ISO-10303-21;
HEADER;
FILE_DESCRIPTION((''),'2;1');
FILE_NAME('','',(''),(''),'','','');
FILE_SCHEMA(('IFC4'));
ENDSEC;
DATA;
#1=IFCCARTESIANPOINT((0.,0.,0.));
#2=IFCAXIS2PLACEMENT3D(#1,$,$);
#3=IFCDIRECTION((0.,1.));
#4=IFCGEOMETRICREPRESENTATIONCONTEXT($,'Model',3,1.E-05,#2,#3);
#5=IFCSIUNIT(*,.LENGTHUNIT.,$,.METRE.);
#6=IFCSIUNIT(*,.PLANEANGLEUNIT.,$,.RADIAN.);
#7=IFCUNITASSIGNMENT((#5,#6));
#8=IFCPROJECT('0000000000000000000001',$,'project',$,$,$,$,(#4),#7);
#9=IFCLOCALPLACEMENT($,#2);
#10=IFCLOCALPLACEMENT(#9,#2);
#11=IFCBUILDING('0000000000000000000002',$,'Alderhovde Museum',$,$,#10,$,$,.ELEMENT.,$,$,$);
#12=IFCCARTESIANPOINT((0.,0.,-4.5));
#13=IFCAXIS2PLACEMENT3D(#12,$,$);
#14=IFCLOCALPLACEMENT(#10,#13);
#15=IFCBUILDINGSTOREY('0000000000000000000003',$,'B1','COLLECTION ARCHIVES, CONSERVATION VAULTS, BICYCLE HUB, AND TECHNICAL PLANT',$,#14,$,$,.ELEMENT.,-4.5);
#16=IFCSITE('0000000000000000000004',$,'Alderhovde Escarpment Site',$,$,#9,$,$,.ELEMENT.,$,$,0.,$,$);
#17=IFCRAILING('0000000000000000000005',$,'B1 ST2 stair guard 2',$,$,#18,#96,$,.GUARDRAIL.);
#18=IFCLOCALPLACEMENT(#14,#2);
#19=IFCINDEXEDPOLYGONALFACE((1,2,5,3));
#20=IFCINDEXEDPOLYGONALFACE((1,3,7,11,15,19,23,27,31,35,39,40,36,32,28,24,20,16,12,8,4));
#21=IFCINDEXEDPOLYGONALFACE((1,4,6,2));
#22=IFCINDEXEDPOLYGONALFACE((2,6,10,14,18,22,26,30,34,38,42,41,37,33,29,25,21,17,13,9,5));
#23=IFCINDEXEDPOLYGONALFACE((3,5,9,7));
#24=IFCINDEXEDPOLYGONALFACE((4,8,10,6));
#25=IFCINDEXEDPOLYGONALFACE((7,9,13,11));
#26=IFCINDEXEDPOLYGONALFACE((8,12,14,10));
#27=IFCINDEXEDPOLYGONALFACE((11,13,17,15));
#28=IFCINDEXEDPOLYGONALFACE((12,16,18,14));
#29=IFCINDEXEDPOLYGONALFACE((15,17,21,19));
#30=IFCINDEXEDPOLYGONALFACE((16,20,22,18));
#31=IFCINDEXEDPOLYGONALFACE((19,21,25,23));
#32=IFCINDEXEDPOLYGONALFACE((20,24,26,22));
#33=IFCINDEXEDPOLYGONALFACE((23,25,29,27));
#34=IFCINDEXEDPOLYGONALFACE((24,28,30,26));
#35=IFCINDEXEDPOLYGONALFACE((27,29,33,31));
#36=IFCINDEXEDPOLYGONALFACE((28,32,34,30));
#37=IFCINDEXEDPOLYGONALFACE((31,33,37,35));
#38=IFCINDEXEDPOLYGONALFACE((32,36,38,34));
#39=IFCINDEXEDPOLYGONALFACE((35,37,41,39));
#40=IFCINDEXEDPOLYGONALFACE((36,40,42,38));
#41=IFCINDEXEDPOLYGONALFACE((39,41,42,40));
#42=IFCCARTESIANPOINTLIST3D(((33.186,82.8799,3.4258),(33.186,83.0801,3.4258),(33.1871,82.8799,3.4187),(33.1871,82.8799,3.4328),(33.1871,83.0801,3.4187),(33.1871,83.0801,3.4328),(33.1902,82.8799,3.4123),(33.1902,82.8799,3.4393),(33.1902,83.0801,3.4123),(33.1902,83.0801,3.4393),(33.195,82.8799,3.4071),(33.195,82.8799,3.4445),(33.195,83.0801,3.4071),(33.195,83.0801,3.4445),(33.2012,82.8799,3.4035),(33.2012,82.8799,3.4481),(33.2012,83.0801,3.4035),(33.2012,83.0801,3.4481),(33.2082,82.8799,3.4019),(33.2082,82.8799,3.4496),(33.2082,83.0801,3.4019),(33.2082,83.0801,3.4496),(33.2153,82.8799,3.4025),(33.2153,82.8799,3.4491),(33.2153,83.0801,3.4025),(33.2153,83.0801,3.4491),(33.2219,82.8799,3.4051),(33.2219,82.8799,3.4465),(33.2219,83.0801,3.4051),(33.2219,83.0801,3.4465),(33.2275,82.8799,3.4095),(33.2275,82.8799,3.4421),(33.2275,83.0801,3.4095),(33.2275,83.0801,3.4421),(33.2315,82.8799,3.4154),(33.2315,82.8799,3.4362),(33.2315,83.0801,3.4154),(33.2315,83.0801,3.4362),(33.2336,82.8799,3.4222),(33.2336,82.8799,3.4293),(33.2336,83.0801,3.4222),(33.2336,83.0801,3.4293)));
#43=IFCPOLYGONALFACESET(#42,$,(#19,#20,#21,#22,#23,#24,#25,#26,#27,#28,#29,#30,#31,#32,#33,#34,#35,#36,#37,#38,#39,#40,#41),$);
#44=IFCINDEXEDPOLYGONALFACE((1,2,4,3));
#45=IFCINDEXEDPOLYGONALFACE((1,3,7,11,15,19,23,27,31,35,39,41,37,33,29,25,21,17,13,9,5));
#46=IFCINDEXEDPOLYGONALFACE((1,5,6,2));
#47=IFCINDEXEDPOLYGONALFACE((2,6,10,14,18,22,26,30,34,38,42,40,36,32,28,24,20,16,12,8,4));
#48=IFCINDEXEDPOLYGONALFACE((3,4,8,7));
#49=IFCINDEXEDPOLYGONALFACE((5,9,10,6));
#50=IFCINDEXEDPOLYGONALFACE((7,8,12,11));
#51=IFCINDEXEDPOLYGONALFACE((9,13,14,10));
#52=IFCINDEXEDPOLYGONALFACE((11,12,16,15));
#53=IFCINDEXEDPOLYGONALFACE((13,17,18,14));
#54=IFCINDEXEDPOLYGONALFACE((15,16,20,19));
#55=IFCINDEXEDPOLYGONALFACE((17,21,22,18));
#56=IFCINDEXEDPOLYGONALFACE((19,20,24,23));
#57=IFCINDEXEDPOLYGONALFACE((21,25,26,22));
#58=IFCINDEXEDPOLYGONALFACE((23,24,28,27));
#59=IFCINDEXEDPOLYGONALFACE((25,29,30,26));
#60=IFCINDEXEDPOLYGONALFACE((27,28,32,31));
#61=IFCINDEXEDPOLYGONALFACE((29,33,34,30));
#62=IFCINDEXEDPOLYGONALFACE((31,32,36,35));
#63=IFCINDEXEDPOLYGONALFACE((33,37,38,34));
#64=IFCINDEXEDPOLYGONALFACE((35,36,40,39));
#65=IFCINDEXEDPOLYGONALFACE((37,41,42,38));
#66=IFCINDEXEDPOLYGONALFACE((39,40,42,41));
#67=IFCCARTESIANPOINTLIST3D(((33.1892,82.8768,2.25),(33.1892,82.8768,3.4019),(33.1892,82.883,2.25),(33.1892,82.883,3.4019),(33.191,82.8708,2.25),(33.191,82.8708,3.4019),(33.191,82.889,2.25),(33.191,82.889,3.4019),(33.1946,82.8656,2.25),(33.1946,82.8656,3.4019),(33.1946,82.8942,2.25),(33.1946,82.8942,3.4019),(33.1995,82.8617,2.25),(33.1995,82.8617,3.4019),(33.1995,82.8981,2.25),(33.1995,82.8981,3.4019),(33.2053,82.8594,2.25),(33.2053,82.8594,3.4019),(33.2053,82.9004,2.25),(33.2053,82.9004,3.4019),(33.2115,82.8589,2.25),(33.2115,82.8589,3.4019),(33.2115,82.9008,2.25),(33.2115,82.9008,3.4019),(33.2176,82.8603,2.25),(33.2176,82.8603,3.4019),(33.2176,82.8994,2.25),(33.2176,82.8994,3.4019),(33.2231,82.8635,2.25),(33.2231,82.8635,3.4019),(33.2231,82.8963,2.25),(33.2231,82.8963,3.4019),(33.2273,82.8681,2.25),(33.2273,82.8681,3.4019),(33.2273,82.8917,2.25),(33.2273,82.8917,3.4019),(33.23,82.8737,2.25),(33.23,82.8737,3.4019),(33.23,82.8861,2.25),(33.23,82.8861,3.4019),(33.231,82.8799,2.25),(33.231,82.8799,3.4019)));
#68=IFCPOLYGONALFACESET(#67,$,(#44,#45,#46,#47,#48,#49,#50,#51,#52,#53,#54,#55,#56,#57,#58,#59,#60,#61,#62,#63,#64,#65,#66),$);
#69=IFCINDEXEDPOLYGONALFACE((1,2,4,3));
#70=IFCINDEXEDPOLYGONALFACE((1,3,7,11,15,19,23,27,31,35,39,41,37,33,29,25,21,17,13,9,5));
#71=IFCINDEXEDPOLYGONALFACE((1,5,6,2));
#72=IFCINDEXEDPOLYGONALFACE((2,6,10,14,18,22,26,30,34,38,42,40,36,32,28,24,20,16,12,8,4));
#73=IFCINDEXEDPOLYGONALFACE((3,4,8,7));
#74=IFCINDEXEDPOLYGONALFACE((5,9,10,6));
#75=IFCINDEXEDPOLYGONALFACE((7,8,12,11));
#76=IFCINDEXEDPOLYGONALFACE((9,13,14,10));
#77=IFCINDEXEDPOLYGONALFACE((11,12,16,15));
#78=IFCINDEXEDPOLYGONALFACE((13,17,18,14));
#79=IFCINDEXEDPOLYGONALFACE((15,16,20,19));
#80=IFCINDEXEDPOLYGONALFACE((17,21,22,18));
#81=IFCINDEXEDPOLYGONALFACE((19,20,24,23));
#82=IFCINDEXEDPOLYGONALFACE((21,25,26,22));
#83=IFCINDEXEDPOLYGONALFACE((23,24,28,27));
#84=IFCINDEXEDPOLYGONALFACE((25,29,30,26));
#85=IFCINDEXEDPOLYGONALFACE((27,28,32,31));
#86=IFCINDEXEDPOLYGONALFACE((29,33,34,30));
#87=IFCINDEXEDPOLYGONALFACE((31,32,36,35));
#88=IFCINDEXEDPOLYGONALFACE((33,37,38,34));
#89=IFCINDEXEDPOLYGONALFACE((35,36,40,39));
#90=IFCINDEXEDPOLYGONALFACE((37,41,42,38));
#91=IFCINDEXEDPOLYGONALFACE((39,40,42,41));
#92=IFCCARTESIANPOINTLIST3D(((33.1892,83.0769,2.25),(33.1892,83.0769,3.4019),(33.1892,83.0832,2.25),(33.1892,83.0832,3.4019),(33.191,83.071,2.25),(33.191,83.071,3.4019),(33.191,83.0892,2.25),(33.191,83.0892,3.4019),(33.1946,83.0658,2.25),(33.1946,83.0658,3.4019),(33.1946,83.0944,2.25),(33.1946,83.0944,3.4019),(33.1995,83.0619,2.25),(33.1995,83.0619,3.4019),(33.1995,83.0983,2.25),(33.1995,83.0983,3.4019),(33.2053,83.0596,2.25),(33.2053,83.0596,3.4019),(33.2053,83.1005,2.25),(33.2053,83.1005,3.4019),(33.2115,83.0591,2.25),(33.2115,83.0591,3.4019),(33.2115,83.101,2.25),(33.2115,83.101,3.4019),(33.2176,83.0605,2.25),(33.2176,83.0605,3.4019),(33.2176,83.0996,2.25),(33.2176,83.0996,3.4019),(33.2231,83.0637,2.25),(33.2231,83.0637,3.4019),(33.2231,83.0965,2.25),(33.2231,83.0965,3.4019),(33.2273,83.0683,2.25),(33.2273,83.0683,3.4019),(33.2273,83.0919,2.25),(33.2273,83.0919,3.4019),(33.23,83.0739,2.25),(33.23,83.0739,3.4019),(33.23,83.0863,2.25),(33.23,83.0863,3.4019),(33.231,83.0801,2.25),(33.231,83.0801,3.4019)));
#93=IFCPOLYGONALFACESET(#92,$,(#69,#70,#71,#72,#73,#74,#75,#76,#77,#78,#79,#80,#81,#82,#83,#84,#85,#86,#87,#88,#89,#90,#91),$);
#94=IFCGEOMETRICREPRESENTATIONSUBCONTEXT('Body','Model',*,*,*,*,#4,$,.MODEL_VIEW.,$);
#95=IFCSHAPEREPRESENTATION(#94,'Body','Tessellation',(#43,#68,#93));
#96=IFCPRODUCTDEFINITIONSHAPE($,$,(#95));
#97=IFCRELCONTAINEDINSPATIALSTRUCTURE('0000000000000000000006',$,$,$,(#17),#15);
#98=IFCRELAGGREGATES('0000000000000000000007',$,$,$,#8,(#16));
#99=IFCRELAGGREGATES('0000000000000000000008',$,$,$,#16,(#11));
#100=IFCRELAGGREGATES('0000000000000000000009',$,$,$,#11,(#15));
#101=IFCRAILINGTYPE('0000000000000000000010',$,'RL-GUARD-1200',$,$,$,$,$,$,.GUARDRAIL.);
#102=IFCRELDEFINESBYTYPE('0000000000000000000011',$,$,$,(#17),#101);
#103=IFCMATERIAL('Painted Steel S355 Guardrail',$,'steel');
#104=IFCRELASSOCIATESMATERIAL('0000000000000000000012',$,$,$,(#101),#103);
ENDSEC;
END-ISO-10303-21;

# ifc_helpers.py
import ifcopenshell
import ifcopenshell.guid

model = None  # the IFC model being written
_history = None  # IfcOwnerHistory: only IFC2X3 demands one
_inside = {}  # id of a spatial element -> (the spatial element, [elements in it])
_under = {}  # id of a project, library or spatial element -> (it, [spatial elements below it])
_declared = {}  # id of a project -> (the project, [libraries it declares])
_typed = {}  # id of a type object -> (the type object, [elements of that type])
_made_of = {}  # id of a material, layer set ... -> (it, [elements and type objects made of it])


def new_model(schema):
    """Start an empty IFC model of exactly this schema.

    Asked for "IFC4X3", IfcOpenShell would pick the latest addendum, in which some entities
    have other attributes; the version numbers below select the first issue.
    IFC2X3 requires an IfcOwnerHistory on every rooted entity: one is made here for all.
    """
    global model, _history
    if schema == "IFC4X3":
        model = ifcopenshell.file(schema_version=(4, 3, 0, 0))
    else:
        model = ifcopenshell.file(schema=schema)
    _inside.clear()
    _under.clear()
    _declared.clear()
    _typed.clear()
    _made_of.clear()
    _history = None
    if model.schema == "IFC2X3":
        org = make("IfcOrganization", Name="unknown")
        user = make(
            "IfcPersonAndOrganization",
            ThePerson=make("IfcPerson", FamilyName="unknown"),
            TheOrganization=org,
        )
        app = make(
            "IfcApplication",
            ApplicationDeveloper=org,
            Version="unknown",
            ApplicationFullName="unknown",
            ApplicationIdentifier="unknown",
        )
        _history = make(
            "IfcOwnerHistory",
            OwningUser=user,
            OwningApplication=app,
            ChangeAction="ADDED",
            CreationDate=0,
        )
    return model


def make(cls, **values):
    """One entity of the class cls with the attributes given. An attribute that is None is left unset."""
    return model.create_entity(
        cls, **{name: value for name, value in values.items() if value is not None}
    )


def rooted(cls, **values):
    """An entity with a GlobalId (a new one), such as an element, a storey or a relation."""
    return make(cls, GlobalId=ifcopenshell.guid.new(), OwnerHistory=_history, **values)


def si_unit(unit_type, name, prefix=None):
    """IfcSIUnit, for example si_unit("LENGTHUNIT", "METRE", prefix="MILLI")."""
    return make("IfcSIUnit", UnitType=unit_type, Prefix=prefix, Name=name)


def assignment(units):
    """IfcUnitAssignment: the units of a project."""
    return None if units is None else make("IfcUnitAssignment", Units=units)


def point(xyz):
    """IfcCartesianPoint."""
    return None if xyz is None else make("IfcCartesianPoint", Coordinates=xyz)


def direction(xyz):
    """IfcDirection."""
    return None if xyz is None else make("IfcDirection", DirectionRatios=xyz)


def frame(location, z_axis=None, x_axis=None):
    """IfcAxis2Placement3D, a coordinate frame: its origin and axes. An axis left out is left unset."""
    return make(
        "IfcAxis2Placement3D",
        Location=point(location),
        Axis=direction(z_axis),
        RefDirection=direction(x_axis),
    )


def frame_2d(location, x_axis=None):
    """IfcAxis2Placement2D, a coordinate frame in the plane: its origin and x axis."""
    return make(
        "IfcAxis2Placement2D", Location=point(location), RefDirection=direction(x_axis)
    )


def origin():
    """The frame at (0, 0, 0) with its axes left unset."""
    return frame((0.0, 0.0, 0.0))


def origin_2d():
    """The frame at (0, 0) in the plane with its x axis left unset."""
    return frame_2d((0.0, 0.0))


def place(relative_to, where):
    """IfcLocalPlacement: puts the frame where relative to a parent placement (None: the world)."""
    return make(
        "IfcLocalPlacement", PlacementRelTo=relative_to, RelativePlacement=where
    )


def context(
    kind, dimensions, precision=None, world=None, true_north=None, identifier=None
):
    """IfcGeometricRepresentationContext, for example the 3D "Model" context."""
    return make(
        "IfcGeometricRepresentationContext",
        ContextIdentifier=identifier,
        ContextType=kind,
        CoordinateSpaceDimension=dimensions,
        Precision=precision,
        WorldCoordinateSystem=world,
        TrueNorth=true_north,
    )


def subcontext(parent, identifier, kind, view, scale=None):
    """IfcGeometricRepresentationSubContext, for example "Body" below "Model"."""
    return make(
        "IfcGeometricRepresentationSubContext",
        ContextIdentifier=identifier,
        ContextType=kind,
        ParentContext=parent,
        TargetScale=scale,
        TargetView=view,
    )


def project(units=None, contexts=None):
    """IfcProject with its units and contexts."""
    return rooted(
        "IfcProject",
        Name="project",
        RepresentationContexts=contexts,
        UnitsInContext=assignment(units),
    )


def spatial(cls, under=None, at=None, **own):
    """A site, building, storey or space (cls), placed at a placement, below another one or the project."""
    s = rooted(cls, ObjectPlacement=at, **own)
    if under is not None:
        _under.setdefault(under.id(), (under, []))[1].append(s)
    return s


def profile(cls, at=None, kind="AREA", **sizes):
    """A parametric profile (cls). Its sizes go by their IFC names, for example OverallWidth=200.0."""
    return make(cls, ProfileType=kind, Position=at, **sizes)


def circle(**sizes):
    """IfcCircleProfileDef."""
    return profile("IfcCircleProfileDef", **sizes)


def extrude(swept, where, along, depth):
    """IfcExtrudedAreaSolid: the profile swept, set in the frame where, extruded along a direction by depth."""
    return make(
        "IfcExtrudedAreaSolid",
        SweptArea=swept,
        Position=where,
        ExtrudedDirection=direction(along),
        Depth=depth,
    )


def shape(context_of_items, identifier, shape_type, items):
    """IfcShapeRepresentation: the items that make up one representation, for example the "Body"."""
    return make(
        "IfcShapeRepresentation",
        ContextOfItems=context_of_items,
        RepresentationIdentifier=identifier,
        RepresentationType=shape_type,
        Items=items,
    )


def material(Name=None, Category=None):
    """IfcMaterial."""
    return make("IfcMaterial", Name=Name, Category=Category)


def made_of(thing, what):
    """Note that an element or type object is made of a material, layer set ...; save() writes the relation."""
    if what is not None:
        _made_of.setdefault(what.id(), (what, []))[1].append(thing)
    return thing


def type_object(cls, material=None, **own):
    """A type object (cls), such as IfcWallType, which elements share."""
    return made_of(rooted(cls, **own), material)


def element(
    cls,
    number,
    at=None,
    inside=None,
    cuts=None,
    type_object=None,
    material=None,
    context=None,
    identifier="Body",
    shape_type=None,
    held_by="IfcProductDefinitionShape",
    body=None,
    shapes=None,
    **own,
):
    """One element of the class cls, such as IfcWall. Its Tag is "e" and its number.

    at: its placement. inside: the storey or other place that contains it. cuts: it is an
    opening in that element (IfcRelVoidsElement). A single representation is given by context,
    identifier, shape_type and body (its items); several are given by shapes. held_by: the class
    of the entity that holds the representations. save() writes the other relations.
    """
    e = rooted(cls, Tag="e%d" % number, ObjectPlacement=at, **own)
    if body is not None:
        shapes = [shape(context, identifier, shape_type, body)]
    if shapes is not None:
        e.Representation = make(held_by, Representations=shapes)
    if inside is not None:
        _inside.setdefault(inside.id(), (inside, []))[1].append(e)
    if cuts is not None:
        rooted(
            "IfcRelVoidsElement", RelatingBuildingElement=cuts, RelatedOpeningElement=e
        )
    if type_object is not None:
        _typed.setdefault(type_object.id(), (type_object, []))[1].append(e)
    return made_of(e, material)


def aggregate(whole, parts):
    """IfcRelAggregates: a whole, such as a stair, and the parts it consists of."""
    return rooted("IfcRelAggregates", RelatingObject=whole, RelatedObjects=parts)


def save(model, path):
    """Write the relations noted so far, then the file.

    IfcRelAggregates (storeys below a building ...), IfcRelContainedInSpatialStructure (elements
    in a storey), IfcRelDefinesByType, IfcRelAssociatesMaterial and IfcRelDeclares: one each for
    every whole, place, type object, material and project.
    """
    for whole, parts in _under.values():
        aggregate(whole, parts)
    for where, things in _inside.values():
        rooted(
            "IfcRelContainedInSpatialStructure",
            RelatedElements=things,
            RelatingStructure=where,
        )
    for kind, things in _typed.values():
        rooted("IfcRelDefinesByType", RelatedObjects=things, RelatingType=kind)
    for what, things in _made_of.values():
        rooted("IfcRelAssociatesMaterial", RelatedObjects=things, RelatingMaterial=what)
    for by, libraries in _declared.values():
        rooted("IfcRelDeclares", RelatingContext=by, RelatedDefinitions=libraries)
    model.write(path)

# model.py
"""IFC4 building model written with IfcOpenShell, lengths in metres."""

from ifc_helpers import new_model, si_unit, direction, frame, origin, origin_2d, place, context, subcontext, project, spatial, circle, extrude, material, type_object, element, save


model = new_model("IFC4")

# Units and contexts
model_context = context("Model", 3, precision=1e-05, world=origin(), true_north=direction((0.0, 1.0)))
body_context = subcontext(model_context, "Body", "Model", "MODEL_VIEW")
ifc_project = project(units=[si_unit("LENGTHUNIT", "METRE"), si_unit("PLANEANGLEUNIT", "RADIAN")], contexts=[model_context])

# Site, building, storey
site_placement = place(None, origin())
site = spatial("IfcSite", under=ifc_project, at=site_placement, Name="Alderhovde Escarpment Site", CompositionType="ELEMENT", RefElevation=0.0)
building_placement = place(site_placement, origin())
building = spatial("IfcBuilding", under=site, at=building_placement, Name="Alderhovde Museum", CompositionType="ELEMENT")
storey_placement = place(building_placement, frame((0.0, 0.0, -4.5)))
storey = spatial("IfcBuildingStorey", under=building, at=storey_placement, Name="B1", Description="COLLECTION ARCHIVES, CONSERVATION VAULTS, BICYCLE HUB, AND TECHNICAL PLANT", CompositionType="ELEMENT", Elevation=-4.5)

# Railing
ifc_material_1 = material(Name="Painted Steel S355 Guardrail", Category="steel")
railing_type_1 = type_object("IfcRailingType", Name="RL-GUARD-1200", PredefinedType="GUARDRAIL", material=ifc_material_1)
railing_1_placement = place(storey_placement, frame((33.21, 82.8799, 2.25)))
element("IfcRailing", 1, at=railing_1_placement, inside=storey, type_object=railing_type_1, Name="B1 ST2 stair guard 2", PredefinedType="GUARDRAIL", context=body_context, shape_type="SweptSolid", body=[
    extrude(circle(Radius=0.0239, at=origin_2d()), frame((0.0, 0.0, 1.1758), z_axis=(0.0, 1.0, 0.0), x_axis=(-1.0, 0.0, 0.0)), (0.0, 0.0, 1.0), 0.2002),
    extrude(circle(Radius=0.021, at=origin_2d()), origin(), (0.0, 0.0, 1.0), 1.1519),
    extrude(circle(Radius=0.021, at=origin_2d()), frame((0.0, 0.2002, 0.0)), (0.0, 0.0, 1.0), 1.1519),
])

save(model, "model.ifc")
